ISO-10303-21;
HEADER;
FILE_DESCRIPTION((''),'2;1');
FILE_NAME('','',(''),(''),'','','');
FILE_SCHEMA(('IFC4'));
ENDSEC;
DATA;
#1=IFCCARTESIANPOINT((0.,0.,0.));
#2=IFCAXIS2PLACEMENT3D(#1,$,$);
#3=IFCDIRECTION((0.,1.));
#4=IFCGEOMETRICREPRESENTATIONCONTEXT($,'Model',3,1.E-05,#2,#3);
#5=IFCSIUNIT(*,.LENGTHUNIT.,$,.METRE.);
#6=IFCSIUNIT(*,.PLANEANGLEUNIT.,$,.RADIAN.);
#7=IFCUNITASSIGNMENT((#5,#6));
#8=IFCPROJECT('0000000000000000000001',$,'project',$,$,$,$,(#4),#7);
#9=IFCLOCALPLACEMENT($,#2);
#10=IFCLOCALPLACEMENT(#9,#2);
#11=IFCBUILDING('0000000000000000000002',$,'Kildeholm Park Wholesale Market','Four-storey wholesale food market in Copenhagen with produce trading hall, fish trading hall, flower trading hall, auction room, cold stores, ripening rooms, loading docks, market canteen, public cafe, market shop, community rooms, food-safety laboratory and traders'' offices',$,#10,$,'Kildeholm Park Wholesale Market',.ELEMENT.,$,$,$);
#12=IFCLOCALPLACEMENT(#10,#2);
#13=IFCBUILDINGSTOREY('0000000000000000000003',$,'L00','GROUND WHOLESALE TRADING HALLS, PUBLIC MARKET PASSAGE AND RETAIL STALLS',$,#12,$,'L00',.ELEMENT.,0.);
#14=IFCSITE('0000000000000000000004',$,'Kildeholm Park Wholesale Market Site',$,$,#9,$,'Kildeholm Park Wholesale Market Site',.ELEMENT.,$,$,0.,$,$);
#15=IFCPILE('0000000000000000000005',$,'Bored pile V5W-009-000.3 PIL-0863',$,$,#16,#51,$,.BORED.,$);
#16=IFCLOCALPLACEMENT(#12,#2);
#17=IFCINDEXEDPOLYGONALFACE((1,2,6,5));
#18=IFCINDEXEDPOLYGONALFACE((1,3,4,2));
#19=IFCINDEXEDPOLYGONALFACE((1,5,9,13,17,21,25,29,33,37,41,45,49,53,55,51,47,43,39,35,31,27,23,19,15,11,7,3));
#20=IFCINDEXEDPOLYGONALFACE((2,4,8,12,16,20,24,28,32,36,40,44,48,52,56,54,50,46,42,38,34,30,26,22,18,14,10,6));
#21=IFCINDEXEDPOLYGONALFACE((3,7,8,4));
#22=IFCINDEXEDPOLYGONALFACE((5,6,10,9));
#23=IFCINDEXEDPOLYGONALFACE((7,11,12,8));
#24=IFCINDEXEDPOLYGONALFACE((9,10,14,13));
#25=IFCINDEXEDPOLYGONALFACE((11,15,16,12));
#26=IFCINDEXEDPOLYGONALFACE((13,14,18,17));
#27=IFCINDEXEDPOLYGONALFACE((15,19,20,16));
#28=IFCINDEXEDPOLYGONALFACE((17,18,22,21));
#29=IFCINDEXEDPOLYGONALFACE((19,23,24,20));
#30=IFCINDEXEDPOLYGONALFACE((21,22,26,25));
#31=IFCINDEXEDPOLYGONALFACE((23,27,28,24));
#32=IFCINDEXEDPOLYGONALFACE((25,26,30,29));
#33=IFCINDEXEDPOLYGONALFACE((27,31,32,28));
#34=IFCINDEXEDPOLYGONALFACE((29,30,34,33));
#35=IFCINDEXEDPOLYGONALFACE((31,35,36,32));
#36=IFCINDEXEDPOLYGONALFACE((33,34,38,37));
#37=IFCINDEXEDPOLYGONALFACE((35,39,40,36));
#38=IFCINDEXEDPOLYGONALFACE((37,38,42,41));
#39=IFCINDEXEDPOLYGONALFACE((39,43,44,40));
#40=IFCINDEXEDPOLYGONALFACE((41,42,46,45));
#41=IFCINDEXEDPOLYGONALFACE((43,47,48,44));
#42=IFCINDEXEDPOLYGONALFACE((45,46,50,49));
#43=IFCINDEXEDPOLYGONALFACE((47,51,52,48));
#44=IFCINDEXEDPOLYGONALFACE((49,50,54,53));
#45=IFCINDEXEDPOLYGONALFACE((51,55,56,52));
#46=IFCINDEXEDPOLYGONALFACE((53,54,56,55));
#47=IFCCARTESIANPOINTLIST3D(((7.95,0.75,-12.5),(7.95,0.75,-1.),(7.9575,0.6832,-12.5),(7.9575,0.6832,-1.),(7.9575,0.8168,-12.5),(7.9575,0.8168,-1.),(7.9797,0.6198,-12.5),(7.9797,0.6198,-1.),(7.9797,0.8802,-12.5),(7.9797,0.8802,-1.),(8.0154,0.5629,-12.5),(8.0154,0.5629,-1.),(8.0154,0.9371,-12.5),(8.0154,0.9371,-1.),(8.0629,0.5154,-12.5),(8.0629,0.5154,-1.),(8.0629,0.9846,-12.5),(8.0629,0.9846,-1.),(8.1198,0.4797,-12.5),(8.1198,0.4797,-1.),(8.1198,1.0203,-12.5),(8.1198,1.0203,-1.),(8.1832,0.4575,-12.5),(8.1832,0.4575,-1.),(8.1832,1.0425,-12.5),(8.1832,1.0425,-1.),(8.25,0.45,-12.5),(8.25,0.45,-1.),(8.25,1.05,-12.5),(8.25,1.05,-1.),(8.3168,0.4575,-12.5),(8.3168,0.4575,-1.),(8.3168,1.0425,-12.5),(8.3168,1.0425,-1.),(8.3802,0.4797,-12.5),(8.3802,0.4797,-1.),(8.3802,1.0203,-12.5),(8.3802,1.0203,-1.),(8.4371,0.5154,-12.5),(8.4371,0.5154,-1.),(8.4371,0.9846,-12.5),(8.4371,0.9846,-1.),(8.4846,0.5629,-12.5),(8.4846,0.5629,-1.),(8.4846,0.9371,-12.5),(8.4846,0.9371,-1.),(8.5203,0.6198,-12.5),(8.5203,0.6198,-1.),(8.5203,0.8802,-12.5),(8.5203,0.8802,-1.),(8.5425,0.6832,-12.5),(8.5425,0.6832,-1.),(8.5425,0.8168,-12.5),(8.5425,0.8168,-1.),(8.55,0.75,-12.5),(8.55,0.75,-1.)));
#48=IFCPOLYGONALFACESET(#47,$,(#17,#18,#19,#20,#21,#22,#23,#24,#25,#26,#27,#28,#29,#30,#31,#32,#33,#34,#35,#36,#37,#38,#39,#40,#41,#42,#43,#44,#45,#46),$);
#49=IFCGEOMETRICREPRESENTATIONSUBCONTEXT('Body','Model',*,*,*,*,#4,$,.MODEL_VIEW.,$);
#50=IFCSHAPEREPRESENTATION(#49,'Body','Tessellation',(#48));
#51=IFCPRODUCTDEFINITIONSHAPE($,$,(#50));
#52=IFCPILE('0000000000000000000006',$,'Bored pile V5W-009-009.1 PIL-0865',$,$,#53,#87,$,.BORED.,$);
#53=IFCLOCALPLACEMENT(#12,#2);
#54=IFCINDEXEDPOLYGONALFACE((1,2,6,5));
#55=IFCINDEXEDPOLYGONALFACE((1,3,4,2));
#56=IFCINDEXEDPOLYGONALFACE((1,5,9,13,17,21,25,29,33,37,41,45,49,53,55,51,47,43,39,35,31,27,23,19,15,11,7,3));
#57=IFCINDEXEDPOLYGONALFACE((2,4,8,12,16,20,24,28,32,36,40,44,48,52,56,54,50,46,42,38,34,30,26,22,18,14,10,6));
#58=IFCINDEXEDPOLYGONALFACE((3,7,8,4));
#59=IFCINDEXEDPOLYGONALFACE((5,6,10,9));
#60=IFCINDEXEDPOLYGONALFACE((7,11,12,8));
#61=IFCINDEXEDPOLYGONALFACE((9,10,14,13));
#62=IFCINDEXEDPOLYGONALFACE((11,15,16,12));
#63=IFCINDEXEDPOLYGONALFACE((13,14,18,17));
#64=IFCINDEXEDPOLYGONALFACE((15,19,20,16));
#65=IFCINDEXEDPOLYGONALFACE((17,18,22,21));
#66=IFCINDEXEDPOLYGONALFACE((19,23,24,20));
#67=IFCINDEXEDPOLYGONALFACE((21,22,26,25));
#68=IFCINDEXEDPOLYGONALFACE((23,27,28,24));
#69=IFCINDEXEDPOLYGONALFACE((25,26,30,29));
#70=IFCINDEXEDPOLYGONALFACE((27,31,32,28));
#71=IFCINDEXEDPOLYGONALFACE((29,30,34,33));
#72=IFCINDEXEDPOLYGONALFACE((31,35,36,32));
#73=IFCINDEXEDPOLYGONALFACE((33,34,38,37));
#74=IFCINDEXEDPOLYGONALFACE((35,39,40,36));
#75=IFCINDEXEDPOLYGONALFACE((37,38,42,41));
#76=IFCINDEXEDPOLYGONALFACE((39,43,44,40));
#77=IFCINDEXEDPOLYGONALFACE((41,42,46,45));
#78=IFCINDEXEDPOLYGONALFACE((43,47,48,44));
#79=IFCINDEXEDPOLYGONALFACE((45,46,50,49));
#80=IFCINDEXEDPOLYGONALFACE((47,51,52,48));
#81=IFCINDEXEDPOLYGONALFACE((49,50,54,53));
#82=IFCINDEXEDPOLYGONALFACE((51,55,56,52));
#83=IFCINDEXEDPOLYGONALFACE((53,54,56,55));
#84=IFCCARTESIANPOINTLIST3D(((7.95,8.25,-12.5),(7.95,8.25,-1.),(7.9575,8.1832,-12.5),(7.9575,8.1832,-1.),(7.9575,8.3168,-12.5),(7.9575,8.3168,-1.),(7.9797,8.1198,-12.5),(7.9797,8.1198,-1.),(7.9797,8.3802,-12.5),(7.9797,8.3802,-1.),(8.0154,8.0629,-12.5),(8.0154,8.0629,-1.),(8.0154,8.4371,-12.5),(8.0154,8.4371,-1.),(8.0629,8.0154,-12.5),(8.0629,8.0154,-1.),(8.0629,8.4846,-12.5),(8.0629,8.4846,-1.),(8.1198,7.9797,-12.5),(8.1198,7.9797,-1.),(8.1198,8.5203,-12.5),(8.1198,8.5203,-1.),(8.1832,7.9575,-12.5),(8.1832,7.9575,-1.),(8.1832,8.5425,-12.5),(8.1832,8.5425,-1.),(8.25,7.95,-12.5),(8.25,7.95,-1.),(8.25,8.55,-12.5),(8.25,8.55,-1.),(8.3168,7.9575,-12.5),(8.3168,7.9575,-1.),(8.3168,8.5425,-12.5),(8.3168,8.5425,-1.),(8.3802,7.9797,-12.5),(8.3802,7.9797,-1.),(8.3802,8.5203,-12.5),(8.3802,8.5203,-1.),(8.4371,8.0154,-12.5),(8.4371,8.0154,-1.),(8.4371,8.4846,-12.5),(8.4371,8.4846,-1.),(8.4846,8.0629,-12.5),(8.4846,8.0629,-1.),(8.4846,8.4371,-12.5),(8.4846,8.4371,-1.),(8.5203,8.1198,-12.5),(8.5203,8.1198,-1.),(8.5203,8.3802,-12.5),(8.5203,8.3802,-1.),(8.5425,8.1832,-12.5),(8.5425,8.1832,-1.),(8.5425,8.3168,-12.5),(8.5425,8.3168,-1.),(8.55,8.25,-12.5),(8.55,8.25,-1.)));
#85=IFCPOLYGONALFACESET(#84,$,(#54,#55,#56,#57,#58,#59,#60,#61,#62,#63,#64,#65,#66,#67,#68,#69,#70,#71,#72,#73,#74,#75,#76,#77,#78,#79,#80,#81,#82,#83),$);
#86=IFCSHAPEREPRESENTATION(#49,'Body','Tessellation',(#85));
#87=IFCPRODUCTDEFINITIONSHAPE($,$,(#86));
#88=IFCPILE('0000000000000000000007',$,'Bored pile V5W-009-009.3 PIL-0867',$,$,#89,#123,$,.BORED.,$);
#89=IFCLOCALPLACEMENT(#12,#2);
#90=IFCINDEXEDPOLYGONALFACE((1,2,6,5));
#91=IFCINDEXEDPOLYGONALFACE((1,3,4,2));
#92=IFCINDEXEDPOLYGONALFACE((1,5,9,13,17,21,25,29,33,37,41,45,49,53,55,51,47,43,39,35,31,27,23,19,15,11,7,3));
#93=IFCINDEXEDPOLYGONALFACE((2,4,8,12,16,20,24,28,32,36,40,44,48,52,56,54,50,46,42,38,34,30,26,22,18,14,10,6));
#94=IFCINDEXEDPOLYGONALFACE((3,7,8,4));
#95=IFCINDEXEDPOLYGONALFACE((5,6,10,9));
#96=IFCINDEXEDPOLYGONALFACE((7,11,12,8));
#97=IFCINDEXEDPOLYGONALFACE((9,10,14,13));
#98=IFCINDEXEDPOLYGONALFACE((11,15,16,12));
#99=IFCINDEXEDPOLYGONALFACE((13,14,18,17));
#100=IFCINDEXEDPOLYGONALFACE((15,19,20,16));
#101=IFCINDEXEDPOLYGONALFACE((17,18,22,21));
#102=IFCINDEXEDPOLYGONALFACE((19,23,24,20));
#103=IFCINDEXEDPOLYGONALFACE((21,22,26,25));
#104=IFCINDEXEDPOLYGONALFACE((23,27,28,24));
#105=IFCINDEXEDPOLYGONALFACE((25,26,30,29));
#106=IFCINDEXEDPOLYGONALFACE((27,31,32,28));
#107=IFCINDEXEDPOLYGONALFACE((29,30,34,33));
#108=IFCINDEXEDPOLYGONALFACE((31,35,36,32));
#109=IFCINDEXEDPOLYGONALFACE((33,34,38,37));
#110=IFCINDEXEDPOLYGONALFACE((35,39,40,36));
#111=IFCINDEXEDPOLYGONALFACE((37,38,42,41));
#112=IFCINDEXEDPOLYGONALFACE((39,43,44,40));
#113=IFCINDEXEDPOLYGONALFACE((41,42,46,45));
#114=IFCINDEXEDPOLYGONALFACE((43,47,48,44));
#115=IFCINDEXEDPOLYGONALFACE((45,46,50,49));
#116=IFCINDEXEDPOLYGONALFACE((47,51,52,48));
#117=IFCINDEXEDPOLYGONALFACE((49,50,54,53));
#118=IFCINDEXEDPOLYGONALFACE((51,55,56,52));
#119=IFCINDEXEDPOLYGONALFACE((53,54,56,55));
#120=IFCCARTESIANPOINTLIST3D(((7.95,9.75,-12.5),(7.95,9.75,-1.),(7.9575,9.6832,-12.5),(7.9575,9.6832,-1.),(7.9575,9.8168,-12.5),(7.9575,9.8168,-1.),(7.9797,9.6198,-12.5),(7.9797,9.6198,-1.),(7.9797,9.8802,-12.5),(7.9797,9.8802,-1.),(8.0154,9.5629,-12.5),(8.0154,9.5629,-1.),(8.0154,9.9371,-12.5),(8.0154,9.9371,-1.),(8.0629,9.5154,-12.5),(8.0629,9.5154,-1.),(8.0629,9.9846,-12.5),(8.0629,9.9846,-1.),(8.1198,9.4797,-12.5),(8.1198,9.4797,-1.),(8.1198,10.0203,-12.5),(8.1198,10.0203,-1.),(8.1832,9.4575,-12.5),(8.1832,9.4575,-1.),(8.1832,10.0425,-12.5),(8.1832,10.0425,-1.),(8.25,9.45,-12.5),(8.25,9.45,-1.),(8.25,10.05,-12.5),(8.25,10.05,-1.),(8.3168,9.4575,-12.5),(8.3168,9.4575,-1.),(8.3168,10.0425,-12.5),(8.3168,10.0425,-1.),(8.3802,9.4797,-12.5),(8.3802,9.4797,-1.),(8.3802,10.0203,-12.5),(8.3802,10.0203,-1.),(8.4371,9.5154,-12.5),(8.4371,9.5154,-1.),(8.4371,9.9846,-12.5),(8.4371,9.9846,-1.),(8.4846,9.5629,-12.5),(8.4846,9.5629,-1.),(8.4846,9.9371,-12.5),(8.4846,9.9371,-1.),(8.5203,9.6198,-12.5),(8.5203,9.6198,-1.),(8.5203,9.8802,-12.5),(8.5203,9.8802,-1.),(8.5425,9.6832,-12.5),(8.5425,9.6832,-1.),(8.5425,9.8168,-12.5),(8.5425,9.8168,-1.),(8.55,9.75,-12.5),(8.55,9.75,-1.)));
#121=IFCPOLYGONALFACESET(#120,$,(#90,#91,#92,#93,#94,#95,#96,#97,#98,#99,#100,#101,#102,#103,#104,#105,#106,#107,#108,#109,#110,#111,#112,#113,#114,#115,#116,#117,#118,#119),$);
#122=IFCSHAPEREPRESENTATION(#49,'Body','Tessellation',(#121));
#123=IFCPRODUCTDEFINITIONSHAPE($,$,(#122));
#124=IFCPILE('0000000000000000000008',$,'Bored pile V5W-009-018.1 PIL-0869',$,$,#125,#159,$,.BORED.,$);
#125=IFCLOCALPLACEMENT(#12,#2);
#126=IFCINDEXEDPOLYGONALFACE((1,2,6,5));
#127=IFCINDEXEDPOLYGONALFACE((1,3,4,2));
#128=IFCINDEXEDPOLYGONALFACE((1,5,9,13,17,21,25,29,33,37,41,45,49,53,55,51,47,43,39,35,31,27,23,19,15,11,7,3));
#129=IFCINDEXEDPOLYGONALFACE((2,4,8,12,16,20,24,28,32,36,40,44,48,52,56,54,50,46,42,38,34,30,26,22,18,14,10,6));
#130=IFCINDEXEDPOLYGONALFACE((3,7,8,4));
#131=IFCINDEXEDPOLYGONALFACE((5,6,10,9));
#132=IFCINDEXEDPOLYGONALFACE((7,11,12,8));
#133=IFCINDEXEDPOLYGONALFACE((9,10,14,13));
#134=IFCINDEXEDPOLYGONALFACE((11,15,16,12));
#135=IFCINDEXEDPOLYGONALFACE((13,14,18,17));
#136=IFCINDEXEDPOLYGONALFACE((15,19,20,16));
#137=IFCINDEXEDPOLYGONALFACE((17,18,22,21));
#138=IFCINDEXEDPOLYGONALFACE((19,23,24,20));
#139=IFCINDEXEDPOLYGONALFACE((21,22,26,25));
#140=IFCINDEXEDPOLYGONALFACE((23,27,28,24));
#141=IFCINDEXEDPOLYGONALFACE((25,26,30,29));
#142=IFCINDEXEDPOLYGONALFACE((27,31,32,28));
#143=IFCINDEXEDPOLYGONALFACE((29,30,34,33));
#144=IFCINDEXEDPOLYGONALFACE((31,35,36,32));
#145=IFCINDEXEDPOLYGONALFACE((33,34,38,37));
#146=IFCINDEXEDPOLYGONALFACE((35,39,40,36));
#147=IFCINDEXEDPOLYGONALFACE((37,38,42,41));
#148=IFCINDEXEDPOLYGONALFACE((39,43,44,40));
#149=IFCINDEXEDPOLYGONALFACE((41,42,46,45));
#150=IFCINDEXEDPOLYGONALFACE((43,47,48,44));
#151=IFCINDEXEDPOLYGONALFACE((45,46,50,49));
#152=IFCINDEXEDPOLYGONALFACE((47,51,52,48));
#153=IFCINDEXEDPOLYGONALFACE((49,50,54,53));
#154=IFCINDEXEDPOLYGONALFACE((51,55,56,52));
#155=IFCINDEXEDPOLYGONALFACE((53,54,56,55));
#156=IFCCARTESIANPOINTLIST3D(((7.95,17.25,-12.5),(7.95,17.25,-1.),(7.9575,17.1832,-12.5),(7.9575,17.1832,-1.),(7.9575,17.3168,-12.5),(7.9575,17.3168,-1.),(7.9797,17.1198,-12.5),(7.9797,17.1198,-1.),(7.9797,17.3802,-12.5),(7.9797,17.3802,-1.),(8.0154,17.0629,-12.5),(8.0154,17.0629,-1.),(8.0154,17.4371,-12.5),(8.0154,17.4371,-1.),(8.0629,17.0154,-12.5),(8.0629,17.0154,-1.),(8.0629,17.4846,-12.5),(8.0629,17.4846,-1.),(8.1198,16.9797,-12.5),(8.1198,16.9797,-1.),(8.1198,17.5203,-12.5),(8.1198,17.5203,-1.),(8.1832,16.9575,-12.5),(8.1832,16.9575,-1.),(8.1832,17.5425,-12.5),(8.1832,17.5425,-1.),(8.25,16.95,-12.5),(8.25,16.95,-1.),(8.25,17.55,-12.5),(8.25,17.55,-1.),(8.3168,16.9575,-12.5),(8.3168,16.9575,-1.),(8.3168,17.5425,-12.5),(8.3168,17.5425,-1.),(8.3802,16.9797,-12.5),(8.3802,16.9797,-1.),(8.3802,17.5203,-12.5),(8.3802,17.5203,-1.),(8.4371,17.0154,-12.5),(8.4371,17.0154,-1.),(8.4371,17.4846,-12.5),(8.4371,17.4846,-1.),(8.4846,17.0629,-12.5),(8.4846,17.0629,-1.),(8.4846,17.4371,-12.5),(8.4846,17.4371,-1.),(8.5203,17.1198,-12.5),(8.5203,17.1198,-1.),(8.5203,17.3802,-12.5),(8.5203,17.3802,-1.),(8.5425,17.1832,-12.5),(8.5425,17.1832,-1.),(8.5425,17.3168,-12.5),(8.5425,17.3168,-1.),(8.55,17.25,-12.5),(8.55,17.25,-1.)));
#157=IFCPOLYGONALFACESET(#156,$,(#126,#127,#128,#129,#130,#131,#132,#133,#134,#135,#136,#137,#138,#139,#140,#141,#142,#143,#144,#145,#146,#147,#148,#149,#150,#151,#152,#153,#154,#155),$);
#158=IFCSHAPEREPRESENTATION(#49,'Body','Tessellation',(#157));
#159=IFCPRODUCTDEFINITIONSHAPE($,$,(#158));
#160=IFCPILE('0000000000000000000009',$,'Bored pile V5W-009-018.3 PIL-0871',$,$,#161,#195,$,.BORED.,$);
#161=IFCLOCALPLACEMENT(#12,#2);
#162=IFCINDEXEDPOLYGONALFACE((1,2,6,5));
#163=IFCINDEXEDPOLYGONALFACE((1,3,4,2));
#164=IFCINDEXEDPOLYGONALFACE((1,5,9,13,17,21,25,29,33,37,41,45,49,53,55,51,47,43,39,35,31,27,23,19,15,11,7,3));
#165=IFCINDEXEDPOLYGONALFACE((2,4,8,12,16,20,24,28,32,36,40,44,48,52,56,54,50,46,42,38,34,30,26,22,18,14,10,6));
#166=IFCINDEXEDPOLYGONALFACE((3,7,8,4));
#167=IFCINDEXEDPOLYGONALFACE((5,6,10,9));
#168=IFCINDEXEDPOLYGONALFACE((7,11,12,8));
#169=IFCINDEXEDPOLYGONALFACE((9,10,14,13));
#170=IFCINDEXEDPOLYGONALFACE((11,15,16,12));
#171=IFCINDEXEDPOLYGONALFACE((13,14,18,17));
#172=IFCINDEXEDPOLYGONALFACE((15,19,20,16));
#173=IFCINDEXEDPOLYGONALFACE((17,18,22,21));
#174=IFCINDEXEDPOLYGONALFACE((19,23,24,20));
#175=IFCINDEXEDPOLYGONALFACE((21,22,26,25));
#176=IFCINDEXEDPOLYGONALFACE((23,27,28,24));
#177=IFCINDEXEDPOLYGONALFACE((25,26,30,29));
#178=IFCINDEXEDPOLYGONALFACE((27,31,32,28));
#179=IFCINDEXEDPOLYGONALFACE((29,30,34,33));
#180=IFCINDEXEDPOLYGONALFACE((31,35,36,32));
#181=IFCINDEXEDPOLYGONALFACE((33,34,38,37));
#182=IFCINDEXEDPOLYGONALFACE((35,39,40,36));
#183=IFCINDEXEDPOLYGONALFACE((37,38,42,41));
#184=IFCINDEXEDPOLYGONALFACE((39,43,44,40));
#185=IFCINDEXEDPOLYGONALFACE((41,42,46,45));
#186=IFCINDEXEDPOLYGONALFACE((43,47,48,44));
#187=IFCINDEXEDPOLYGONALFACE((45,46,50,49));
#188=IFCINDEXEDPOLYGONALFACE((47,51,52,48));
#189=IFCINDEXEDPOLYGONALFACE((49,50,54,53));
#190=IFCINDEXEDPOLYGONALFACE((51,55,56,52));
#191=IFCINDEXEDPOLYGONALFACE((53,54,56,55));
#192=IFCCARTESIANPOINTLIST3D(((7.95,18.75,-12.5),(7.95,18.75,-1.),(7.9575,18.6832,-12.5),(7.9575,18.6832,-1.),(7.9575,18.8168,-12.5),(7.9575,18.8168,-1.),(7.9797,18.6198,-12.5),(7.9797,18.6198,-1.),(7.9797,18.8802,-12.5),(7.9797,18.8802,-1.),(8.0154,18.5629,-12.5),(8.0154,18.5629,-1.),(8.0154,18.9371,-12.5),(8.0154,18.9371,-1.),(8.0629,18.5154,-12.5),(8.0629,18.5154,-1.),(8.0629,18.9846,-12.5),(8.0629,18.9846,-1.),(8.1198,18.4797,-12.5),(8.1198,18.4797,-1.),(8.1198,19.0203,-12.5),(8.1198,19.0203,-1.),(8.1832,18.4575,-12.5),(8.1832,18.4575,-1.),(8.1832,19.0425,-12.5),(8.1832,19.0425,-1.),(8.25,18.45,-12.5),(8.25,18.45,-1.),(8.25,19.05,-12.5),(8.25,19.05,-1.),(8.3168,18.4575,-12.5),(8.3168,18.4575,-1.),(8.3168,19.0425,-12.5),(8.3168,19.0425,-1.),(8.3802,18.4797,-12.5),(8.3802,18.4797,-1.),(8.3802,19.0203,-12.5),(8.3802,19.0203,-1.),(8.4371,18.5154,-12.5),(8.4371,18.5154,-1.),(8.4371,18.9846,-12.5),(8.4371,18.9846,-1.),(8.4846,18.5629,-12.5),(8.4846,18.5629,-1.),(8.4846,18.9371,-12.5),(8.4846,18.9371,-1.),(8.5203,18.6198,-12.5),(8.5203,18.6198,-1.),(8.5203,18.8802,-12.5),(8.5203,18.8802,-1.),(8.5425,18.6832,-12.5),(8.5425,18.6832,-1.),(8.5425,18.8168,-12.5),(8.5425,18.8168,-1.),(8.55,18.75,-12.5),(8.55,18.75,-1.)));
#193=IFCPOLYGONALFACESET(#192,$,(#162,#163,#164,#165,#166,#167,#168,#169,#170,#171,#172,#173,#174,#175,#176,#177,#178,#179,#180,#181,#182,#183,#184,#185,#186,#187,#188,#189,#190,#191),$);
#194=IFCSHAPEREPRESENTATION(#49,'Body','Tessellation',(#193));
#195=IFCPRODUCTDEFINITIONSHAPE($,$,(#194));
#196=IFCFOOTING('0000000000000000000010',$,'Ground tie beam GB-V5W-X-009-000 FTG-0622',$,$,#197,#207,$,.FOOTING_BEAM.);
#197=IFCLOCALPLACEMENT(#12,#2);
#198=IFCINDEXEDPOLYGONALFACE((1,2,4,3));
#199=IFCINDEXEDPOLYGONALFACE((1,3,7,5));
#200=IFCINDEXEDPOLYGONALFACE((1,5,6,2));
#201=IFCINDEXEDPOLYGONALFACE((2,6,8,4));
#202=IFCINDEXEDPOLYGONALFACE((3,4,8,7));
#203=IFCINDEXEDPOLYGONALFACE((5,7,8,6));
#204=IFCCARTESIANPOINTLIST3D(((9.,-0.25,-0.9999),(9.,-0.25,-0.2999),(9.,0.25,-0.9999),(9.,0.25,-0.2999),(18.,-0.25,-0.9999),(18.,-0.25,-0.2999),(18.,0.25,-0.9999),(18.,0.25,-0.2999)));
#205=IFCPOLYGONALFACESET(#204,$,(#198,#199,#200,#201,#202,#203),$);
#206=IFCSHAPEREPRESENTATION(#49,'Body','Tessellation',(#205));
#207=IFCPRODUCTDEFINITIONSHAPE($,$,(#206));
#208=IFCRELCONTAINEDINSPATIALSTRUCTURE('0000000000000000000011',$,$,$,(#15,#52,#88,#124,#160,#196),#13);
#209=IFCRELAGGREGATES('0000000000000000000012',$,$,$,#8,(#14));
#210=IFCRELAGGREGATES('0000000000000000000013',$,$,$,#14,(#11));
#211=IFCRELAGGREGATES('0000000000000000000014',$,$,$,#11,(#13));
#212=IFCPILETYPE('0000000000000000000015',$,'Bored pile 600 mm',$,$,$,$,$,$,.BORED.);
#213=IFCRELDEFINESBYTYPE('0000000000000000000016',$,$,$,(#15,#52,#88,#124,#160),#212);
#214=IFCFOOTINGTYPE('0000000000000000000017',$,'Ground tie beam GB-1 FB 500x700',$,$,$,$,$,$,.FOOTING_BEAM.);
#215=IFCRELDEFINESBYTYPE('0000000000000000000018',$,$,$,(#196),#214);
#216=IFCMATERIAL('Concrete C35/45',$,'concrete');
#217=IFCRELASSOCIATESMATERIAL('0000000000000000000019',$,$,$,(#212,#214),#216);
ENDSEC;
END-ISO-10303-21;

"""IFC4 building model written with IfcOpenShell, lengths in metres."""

from ifc_helpers import new_model, si_unit, direction, frame, origin, origin_2d, place, context, subcontext, project, spatial, rectangle, circle, extrude, material, material_profile, profile_set, type_object, element, save


model = new_model("IFC4")

# Units and contexts
model_context = context("Model", 3, precision=1e-05, world=origin(), true_north=direction((0.0, 1.0)))
body_context = subcontext(model_context, "Body", "Model", "MODEL_VIEW")
ifc_project = project(units=[si_unit("LENGTHUNIT", "METRE"), si_unit("PLANEANGLEUNIT", "RADIAN")], contexts=[model_context])

# Site, building, storey
site_placement = place(None, origin())
site = spatial("IfcSite", under=ifc_project, at=site_placement, Name="Kildeholm Park Wholesale Market Site", LongName="Kildeholm Park Wholesale Market Site", CompositionType="ELEMENT", RefElevation=0.0)
building_placement = place(site_placement, origin())
building = spatial("IfcBuilding", under=site, at=building_placement, Name="Kildeholm Park Wholesale Market", Description="Four-storey wholesale food market in Copenhagen with produce trading hall, fish trading hall, flower trading hall, auction room, cold stores, ripening rooms, loading docks, market canteen, public cafe, market shop, community rooms, food-safety laboratory and traders' offices", LongName="Kildeholm Park Wholesale Market", CompositionType="ELEMENT")
storey_placement = place(building_placement, origin())
storey = spatial("IfcBuildingStorey", under=building, at=storey_placement, Name="L00", Description="GROUND WHOLESALE TRADING HALLS, PUBLIC MARKET PASSAGE AND RETAIL STALLS", LongName="L00", CompositionType="ELEMENT", Elevation=0.0)

# Piles
ifc_material_1 = material(Name="Concrete C35/45", Category="concrete")
ifc_material_profile_1 = material_profile(ifc_material_1, circle(Radius=0.3, at=origin_2d()), Name="PILE D600")
ifc_profile_set_1 = profile_set([ifc_material_profile_1], Name="Concrete C35/45")
pile_type = type_object("IfcPileType", Name="Bored pile 600 mm", PredefinedType="BORED", material=ifc_profile_set_1)
for number, where, z_axis, x_axis, name in (
    (1, (8.25, 0.75, -1.0), (0.0, 0.0, -1.0), (1.0, 0.0, 0.0), "Bored pile V5W-009-000.3 PIL-0863"),
    (2, (8.25, 8.25, -1.0), (0.0, 0.0, -1.0), (1.0, 0.0, 0.0), "Bored pile V5W-009-009.1 PIL-0865"),
    (3, (8.25, 9.75, -1.0), (0.0, 0.0, -1.0), (1.0, 0.0, 0.0), "Bored pile V5W-009-009.3 PIL-0867"),
    (4, (8.25, 17.25, -1.0), (0.0, 0.0, -1.0), (1.0, 0.0, 0.0), "Bored pile V5W-009-018.1 PIL-0869"),
    (5, (8.25, 18.75, -1.0), (0.0, 0.0, -1.0), (1.0, 0.0, 0.0), "Bored pile V5W-009-018.3 PIL-0871"),
):
    element("IfcPile", number, at=place(storey_placement, frame(where, z_axis=z_axis, x_axis=x_axis)), inside=storey, type_object=pile_type, Name=name, PredefinedType="BORED", context=body_context, shape_type="SweptSolid", body=[
        extrude(circle(Radius=0.3, at=origin_2d()), origin(), (0.0, 0.0, 1.0), 11.5),
    ])

# Footing
ifc_material_profile_2 = material_profile(ifc_material_1, rectangle(XDim=0.5, YDim=0.7, at=origin_2d()), Name="FB 500x700")
ifc_profile_set_2 = profile_set([ifc_material_profile_2], Name="Concrete C35/45")
footing_type_1 = type_object("IfcFootingType", Name="Ground tie beam GB-1 FB 500x700", PredefinedType="FOOTING_BEAM", material=ifc_profile_set_2)
for number, where, z_axis, x_axis, name in (
    (6, (9.0, 0.0, -0.6499), (1.0, 0.0, 0.0), (0.0, 1.0, 0.0), "Ground tie beam GB-V5W-X-009-000 FTG-0622"),
):
    element("IfcFooting", number, at=place(storey_placement, frame(where, z_axis=z_axis, x_axis=x_axis)), inside=storey, type_object=footing_type_1, Name=name, PredefinedType="FOOTING_BEAM", context=body_context, shape_type="SweptSolid", body=[
        extrude(rectangle(XDim=0.5, YDim=0.7, at=origin_2d()), origin(), (0.0, 0.0, 1.0), 9.0),
    ])

save(model, "model.ifc")
